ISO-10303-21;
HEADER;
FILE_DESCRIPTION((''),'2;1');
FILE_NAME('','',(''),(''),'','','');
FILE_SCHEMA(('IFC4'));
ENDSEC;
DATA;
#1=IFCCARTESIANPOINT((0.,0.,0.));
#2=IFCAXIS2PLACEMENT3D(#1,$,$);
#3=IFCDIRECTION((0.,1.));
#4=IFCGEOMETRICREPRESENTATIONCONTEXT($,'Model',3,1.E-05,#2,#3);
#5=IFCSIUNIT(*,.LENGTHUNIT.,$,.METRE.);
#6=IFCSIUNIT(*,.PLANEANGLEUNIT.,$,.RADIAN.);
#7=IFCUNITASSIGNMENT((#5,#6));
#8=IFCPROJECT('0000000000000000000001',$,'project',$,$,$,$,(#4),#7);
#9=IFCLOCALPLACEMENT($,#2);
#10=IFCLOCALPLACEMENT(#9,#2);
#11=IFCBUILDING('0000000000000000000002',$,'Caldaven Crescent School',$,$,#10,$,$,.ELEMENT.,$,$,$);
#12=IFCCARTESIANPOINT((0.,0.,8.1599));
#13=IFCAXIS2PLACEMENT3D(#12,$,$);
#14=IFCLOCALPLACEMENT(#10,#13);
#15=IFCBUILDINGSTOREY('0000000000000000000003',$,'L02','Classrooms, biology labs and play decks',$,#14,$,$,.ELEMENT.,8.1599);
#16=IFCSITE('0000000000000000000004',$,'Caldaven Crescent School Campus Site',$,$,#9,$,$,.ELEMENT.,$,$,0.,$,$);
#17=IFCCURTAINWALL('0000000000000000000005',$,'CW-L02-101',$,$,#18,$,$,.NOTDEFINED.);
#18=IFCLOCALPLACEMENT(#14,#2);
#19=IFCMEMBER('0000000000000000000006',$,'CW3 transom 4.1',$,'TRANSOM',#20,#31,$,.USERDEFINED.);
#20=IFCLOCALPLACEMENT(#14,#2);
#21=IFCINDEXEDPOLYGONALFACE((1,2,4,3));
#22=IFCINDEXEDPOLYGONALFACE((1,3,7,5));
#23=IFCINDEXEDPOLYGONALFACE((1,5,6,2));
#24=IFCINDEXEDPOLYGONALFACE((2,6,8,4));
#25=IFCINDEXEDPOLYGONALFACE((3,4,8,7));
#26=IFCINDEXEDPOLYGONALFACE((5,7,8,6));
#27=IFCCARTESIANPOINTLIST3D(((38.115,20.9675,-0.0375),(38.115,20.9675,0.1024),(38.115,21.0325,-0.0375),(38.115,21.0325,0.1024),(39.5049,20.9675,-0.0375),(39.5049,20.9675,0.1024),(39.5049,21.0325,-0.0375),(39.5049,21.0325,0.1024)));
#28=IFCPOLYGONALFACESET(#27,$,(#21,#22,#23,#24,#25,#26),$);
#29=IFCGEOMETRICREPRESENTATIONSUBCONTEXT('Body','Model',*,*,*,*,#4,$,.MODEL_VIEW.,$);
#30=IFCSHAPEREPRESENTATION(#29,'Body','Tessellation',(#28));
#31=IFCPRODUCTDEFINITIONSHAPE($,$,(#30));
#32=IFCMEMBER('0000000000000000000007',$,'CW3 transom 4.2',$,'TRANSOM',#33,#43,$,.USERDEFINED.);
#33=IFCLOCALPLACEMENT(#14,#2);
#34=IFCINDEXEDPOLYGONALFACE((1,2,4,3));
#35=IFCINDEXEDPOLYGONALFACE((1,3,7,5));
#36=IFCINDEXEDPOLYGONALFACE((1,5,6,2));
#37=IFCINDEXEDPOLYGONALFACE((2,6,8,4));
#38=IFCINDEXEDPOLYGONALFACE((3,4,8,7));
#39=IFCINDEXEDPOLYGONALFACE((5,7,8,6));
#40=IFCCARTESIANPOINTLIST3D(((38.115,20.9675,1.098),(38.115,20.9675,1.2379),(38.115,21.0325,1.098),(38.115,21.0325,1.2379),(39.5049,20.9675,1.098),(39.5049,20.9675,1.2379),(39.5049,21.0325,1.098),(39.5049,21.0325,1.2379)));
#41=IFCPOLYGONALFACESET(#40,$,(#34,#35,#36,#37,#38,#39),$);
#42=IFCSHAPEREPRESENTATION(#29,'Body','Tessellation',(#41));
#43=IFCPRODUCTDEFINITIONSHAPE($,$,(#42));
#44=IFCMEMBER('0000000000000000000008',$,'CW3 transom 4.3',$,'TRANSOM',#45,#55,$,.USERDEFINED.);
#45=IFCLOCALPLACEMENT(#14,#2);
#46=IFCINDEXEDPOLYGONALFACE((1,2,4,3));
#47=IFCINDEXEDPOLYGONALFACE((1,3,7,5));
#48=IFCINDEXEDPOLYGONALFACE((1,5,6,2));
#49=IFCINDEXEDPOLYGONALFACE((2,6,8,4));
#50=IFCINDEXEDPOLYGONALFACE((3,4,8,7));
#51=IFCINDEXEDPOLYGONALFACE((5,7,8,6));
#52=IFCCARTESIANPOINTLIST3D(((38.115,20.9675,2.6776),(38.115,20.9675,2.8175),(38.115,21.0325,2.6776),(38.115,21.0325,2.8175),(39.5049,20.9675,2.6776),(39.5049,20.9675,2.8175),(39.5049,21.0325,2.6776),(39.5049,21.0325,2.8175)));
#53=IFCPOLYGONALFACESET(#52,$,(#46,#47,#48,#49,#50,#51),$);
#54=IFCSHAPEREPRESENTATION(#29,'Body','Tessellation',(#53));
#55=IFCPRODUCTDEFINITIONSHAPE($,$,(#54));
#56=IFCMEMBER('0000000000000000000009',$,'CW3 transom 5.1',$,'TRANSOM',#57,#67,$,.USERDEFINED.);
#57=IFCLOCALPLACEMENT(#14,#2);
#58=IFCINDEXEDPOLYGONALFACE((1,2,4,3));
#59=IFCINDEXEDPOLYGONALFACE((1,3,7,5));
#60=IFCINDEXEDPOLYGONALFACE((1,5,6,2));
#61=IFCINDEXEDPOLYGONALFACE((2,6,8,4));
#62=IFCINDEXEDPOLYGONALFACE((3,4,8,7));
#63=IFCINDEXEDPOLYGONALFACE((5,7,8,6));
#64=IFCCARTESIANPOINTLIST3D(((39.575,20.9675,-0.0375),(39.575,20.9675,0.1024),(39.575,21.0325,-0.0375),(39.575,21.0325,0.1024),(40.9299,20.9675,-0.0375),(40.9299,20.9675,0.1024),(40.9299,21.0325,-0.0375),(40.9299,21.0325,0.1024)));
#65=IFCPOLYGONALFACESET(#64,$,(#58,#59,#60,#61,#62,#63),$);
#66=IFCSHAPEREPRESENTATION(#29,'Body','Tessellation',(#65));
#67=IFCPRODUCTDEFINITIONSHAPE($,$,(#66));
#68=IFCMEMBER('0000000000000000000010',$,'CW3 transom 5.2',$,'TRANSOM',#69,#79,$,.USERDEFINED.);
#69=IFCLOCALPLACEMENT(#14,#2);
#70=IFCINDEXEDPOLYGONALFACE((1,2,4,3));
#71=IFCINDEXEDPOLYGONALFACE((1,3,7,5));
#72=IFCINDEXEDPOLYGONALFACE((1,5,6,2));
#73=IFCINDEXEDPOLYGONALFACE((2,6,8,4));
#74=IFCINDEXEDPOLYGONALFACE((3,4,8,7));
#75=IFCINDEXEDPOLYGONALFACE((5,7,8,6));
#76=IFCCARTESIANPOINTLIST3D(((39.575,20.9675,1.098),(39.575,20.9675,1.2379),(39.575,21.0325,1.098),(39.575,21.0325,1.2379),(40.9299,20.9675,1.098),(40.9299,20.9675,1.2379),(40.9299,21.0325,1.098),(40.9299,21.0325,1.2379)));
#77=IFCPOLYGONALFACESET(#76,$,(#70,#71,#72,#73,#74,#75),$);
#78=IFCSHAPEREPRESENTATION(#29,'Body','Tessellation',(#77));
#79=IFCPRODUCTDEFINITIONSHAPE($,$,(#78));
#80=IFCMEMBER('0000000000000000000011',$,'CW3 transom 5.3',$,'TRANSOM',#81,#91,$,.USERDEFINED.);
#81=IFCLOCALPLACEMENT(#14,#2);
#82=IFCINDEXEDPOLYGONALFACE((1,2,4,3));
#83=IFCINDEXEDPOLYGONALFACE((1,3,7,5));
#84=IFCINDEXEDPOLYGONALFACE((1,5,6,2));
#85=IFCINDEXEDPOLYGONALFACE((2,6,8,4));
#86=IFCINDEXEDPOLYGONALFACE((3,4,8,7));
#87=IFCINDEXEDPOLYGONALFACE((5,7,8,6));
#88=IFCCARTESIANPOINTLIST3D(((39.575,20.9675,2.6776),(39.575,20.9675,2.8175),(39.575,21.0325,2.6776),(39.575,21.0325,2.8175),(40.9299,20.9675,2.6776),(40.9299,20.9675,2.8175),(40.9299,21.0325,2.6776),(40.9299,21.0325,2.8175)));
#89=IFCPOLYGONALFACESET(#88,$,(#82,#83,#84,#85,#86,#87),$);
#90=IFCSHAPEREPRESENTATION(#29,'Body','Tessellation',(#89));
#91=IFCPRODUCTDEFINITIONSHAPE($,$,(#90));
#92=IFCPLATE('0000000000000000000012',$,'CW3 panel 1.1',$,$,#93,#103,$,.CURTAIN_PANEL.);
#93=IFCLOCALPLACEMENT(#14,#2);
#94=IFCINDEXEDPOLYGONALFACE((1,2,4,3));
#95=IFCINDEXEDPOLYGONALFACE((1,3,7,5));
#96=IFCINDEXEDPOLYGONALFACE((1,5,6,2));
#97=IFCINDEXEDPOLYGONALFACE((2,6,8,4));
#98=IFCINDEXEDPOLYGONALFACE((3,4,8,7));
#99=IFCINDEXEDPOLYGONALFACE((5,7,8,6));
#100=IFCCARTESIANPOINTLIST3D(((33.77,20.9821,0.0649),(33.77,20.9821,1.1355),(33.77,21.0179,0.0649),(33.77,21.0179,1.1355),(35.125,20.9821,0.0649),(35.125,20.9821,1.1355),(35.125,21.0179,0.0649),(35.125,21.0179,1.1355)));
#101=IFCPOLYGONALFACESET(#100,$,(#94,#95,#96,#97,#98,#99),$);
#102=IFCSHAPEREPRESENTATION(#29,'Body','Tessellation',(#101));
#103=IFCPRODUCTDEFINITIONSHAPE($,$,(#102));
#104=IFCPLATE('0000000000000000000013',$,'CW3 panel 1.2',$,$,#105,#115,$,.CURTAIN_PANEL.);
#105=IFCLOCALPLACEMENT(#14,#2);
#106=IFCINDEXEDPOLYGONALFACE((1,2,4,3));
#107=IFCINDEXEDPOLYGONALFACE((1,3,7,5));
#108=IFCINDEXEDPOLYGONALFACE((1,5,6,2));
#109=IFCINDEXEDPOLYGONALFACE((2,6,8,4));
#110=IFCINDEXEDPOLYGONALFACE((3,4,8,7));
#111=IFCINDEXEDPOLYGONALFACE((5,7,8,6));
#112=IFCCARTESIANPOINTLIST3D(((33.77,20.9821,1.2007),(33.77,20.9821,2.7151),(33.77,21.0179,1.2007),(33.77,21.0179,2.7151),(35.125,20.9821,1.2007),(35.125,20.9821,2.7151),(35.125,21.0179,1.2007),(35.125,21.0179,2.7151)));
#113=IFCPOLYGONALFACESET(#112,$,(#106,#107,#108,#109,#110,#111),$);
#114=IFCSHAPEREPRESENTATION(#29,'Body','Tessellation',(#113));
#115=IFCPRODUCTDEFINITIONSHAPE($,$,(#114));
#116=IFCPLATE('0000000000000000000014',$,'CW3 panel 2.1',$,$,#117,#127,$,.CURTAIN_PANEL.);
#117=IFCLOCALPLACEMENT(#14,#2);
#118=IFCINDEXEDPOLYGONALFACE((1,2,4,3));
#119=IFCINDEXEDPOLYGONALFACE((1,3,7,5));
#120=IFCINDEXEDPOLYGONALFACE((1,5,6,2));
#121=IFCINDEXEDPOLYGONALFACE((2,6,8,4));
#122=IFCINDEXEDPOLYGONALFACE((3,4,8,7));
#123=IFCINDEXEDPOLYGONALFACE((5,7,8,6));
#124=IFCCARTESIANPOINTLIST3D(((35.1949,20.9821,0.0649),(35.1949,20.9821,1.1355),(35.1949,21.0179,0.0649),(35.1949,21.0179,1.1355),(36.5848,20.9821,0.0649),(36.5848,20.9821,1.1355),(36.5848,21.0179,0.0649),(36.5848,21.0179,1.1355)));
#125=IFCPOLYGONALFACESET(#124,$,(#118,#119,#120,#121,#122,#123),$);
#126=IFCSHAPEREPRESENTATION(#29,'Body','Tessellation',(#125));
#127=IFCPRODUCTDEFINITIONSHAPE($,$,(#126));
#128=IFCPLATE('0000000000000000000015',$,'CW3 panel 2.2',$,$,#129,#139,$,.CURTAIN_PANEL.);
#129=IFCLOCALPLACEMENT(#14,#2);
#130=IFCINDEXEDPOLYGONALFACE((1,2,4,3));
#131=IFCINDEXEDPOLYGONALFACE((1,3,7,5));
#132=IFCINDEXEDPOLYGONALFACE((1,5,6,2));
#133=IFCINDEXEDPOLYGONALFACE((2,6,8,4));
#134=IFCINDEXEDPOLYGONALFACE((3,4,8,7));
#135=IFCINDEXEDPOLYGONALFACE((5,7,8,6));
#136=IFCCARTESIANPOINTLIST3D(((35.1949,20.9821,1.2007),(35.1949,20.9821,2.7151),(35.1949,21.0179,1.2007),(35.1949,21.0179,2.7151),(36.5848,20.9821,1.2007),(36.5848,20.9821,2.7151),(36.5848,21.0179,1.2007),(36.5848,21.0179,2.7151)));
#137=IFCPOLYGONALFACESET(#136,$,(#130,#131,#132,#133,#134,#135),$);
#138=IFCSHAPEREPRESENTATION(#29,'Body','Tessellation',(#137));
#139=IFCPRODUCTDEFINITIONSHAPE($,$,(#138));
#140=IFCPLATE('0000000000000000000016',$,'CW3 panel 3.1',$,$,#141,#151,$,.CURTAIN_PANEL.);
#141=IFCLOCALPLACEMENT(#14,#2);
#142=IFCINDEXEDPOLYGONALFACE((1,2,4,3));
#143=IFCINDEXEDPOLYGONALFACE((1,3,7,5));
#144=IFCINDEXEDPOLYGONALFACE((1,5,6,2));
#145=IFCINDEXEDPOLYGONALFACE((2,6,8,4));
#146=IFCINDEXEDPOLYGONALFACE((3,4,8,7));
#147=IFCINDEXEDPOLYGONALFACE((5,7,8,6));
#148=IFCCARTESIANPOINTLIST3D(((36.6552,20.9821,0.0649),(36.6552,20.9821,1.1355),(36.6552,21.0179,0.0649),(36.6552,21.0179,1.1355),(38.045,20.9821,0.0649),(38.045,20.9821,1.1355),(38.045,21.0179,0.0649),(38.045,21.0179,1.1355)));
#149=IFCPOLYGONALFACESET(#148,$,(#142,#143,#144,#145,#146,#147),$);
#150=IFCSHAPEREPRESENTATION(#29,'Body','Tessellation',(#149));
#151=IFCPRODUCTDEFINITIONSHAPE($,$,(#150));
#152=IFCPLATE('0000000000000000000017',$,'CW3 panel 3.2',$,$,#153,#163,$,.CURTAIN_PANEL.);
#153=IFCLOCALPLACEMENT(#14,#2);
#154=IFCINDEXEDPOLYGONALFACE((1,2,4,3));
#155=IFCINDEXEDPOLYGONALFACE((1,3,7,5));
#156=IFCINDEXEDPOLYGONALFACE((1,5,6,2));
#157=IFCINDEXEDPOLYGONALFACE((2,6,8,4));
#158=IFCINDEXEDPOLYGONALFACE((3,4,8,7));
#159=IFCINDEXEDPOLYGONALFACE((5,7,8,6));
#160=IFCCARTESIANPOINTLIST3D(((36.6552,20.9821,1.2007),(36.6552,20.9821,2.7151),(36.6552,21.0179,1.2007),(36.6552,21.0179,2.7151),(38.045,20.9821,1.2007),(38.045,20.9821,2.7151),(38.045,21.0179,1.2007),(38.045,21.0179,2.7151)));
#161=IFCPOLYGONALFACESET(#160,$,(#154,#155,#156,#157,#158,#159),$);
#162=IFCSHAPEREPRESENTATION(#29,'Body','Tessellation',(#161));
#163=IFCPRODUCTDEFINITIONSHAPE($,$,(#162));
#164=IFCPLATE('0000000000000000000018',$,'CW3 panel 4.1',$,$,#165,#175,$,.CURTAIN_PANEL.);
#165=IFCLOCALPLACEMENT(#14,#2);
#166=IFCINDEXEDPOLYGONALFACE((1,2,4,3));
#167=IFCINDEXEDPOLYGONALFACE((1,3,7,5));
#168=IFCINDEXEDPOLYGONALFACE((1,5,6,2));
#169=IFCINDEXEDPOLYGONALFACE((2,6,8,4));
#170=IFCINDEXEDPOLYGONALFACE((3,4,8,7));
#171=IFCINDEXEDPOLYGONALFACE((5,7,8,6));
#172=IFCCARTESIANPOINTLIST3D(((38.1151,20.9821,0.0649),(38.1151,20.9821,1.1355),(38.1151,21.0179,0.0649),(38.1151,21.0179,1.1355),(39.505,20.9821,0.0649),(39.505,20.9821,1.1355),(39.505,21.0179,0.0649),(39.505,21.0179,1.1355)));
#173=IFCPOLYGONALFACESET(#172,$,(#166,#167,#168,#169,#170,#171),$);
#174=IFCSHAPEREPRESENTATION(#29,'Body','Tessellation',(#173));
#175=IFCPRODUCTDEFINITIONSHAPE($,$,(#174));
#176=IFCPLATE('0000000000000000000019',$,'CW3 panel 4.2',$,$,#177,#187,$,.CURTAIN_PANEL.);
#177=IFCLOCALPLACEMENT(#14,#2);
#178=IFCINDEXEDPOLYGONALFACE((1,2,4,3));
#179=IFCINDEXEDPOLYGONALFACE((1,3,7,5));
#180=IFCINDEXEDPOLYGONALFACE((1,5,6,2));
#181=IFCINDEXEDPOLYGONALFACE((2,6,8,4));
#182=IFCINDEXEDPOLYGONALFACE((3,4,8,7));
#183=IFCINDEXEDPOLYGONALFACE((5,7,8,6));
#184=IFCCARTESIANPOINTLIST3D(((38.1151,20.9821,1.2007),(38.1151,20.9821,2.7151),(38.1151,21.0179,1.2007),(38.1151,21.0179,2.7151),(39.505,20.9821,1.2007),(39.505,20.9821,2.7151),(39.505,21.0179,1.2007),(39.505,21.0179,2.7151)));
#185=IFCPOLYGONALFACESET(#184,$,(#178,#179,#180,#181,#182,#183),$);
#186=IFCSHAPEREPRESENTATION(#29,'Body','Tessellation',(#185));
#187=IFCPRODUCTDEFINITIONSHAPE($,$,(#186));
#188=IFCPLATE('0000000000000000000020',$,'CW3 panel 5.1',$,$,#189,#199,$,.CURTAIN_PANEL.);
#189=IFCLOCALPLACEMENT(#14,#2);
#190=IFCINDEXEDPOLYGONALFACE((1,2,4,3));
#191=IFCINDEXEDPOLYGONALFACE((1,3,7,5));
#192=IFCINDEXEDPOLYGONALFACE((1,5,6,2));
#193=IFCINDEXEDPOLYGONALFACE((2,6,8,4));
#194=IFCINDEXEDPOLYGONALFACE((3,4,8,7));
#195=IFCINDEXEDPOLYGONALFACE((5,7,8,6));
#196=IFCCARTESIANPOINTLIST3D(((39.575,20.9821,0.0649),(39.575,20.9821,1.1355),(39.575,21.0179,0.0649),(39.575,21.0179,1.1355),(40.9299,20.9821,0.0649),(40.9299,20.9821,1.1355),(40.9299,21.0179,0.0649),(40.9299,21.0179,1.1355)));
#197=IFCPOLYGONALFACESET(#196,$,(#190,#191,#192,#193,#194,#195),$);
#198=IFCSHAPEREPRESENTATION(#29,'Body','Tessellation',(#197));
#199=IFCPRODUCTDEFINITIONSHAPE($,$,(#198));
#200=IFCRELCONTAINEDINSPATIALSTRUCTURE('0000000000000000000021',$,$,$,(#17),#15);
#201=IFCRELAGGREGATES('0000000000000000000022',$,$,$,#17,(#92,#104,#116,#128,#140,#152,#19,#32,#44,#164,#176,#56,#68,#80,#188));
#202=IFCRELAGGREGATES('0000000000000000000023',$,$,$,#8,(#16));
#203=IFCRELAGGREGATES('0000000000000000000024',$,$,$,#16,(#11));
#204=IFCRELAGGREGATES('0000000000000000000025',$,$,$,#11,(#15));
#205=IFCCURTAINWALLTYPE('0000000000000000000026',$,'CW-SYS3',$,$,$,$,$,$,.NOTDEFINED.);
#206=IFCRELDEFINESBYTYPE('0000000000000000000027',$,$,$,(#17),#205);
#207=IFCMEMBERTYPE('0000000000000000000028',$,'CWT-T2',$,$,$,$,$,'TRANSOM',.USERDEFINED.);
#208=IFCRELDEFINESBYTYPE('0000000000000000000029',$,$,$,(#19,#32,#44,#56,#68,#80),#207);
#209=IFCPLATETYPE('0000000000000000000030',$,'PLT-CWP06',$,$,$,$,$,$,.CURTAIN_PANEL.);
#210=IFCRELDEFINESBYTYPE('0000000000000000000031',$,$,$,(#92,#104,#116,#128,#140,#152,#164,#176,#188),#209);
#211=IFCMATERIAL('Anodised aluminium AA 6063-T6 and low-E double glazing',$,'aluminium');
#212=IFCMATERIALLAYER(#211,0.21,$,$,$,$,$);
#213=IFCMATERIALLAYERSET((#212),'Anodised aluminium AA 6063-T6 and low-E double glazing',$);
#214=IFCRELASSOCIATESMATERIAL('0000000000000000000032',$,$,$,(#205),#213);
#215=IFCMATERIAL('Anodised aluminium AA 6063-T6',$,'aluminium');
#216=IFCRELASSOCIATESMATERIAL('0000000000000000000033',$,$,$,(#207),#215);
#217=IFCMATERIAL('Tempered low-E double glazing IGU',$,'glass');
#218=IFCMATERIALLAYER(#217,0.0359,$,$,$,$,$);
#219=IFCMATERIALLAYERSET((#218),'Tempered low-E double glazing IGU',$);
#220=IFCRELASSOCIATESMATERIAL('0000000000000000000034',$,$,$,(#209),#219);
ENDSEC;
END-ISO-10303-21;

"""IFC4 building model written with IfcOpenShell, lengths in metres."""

from ifc_helpers import new_model, si_unit, direction, frame, origin, origin_2d, place, context, subcontext, project, spatial, rectangle, extrude, material, layer, layer_set, material_profile, profile_set, type_object, element, aggregate, save


model = new_model("IFC4")

# Units and contexts
model_context = context("Model", 3, precision=1e-05, world=origin(), true_north=direction((0.0, 1.0)))
body_context = subcontext(model_context, "Body", "Model", "MODEL_VIEW")
ifc_project = project(units=[si_unit("LENGTHUNIT", "METRE"), si_unit("PLANEANGLEUNIT", "RADIAN")], contexts=[model_context])

# Site, building, storey
site_placement = place(None, origin())
site = spatial("IfcSite", under=ifc_project, at=site_placement, Name="Caldaven Crescent School Campus Site", CompositionType="ELEMENT", RefElevation=0.0)
building_placement = place(site_placement, origin())
building = spatial("IfcBuilding", under=site, at=building_placement, Name="Caldaven Crescent School", CompositionType="ELEMENT")
storey_placement = place(building_placement, frame((0.0, 0.0, 8.1599)))
storey = spatial("IfcBuildingStorey", under=building, at=storey_placement, Name="L02", Description="Classrooms, biology labs and play decks", CompositionType="ELEMENT", Elevation=8.1599)

# Curtain wall, members, plates
ifc_material_1 = material(Name="Anodised aluminium AA 6063-T6 and low-E double glazing", Category="aluminium")
ifc_layer_1 = layer(ifc_material_1, 0.21)
ifc_layer_set_1 = layer_set([ifc_layer_1], Name="Anodised aluminium AA 6063-T6 and low-E double glazing")
curtain_wall_type = type_object("IfcCurtainWallType", Name="CW-SYS3", PredefinedType="NOTDEFINED", material=ifc_layer_set_1)
curtain_wall_placement = place(storey_placement, origin())
curtain_wall = element("IfcCurtainWall", 1, at=curtain_wall_placement, inside=storey, type_object=curtain_wall_type, Name="CW-L02-101", PredefinedType="NOTDEFINED")
ifc_material_2 = material(Name="Anodised aluminium AA 6063-T6", Category="aluminium")
ifc_material_profile_1 = material_profile(ifc_material_2, rectangle(XDim=0.0649, YDim=0.1399, at=origin_2d()), Name="CWT 65x140")
ifc_profile_set_1 = profile_set([ifc_material_profile_1], Name="Anodised aluminium AA 6063-T6")
member_type_1 = type_object("IfcMemberType", Name="CWT-T2", ElementType="TRANSOM", PredefinedType="USERDEFINED", material=ifc_profile_set_1)
member_1_placement = place(storey_placement, frame((38.115, 21.0, 0.0325), z_axis=(1.0, 0.0, 0.0), x_axis=(0.0, 1.0, 0.0)))
member_1 = element("IfcMember", 2, at=member_1_placement, type_object=member_type_1, Name="CW3 transom 4.1", ObjectType="TRANSOM", PredefinedType="USERDEFINED", context=body_context, shape_type="SweptSolid", body=[
    extrude(rectangle(XDim=0.0649, YDim=0.1399, at=origin_2d()), origin(), (0.0, 0.0, 1.0), 1.3899),
])
member_2_placement = place(storey_placement, frame((38.115, 21.0, 1.168), z_axis=(1.0, 0.0, 0.0), x_axis=(0.0, 1.0, 0.0)))
member_2 = element("IfcMember", 3, at=member_2_placement, type_object=member_type_1, Name="CW3 transom 4.2", ObjectType="TRANSOM", PredefinedType="USERDEFINED", context=body_context, shape_type="SweptSolid", body=[
    extrude(rectangle(XDim=0.0649, YDim=0.1399, at=origin_2d()), origin(), (0.0, 0.0, 1.0), 1.3899),
])
member_3_placement = place(storey_placement, frame((38.115, 21.0, 2.7476), z_axis=(1.0, 0.0, 0.0), x_axis=(0.0, 1.0, 0.0)))
member_3 = element("IfcMember", 4, at=member_3_placement, type_object=member_type_1, Name="CW3 transom 4.3", ObjectType="TRANSOM", PredefinedType="USERDEFINED", context=body_context, shape_type="SweptSolid", body=[
    extrude(rectangle(XDim=0.0649, YDim=0.1399, at=origin_2d()), origin(), (0.0, 0.0, 1.0), 1.3899),
])
member_4_placement = place(storey_placement, frame((39.575, 21.0, 0.0325), z_axis=(1.0, 0.0, 0.0), x_axis=(0.0, 1.0, 0.0)))
member_4 = element("IfcMember", 5, at=member_4_placement, type_object=member_type_1, Name="CW3 transom 5.1", ObjectType="TRANSOM", PredefinedType="USERDEFINED", context=body_context, shape_type="SweptSolid", body=[
    extrude(rectangle(XDim=0.0649, YDim=0.1399, at=origin_2d()), origin(), (0.0, 0.0, 1.0), 1.355),
])
member_5_placement = place(storey_placement, frame((39.575, 21.0, 1.168), z_axis=(1.0, 0.0, 0.0), x_axis=(0.0, 1.0, 0.0)))
member_5 = element("IfcMember", 6, at=member_5_placement, type_object=member_type_1, Name="CW3 transom 5.2", ObjectType="TRANSOM", PredefinedType="USERDEFINED", context=body_context, shape_type="SweptSolid", body=[
    extrude(rectangle(XDim=0.0649, YDim=0.1399, at=origin_2d()), origin(), (0.0, 0.0, 1.0), 1.355),
])
member_6_placement = place(storey_placement, frame((39.575, 21.0, 2.7476), z_axis=(1.0, 0.0, 0.0), x_axis=(0.0, 1.0, 0.0)))
member_6 = element("IfcMember", 7, at=member_6_placement, type_object=member_type_1, Name="CW3 transom 5.3", ObjectType="TRANSOM", PredefinedType="USERDEFINED", context=body_context, shape_type="SweptSolid", body=[
    extrude(rectangle(XDim=0.0649, YDim=0.1399, at=origin_2d()), origin(), (0.0, 0.0, 1.0), 1.355),
])
ifc_material_3 = material(Name="Tempered low-E double glazing IGU", Category="glass")
ifc_layer_2 = layer(ifc_material_3, 0.0359)
ifc_layer_set_2 = layer_set([ifc_layer_2], Name="Tempered low-E double glazing IGU")
plate_type = type_object("IfcPlateType", Name="PLT-CWP06", PredefinedType="CURTAIN_PANEL", material=ifc_layer_set_2)
plate_1_placement = place(storey_placement, frame((34.4475, 21.0, 0.0649), z_axis=(0.0, 0.0, 1.0), x_axis=(1.0, 0.0, 0.0)))
plate_1 = element("IfcPlate", 8, at=plate_1_placement, type_object=plate_type, Name="CW3 panel 1.1", PredefinedType="CURTAIN_PANEL", context=body_context, shape_type="SweptSolid", body=[
    extrude(rectangle(XDim=1.355, YDim=0.0359, at=origin_2d()), origin(), (0.0, 0.0, 1.0), 1.0706),
])
plate_2_placement = place(storey_placement, frame((34.4475, 21.0, 1.2007), z_axis=(0.0, 0.0, 1.0), x_axis=(1.0, 0.0, 0.0)))
plate_2 = element("IfcPlate", 9, at=plate_2_placement, type_object=plate_type, Name="CW3 panel 1.2", PredefinedType="CURTAIN_PANEL", context=body_context, shape_type="SweptSolid", body=[
    extrude(rectangle(XDim=1.355, YDim=0.0359, at=origin_2d()), origin(), (0.0, 0.0, 1.0), 1.5144),
])
plate_3_placement = place(storey_placement, frame((35.8899, 21.0, 0.0649), z_axis=(0.0, 0.0, 1.0), x_axis=(1.0, 0.0, 0.0)))
plate_3 = element("IfcPlate", 10, at=plate_3_placement, type_object=plate_type, Name="CW3 panel 2.1", PredefinedType="CURTAIN_PANEL", context=body_context, shape_type="SweptSolid", body=[
    extrude(rectangle(XDim=1.3899, YDim=0.0359, at=origin_2d()), origin(), (0.0, 0.0, 1.0), 1.0706),
])
plate_4_placement = place(storey_placement, frame((35.8899, 21.0, 1.2007), z_axis=(0.0, 0.0, 1.0), x_axis=(1.0, 0.0, 0.0)))
plate_4 = element("IfcPlate", 11, at=plate_4_placement, type_object=plate_type, Name="CW3 panel 2.2", PredefinedType="CURTAIN_PANEL", context=body_context, shape_type="SweptSolid", body=[
    extrude(rectangle(XDim=1.3899, YDim=0.0359, at=origin_2d()), origin(), (0.0, 0.0, 1.0), 1.5144),
])
plate_5_placement = place(storey_placement, frame((37.3501, 21.0, 0.0649), z_axis=(0.0, 0.0, 1.0), x_axis=(1.0, 0.0, 0.0)))
plate_5 = element("IfcPlate", 12, at=plate_5_placement, type_object=plate_type, Name="CW3 panel 3.1", PredefinedType="CURTAIN_PANEL", context=body_context, shape_type="SweptSolid", body=[
    extrude(rectangle(XDim=1.3899, YDim=0.0359, at=origin_2d()), origin(), (0.0, 0.0, 1.0), 1.0706),
])
plate_6_placement = place(storey_placement, frame((37.3501, 21.0, 1.2007), z_axis=(0.0, 0.0, 1.0), x_axis=(1.0, 0.0, 0.0)))
plate_6 = element("IfcPlate", 13, at=plate_6_placement, type_object=plate_type, Name="CW3 panel 3.2", PredefinedType="CURTAIN_PANEL", context=body_context, shape_type="SweptSolid", body=[
    extrude(rectangle(XDim=1.3899, YDim=0.0359, at=origin_2d()), origin(), (0.0, 0.0, 1.0), 1.5144),
])
plate_7_placement = place(storey_placement, frame((38.8101, 21.0, 0.0649), z_axis=(0.0, 0.0, 1.0), x_axis=(1.0, 0.0, 0.0)))
plate_7 = element("IfcPlate", 14, at=plate_7_placement, type_object=plate_type, Name="CW3 panel 4.1", PredefinedType="CURTAIN_PANEL", context=body_context, shape_type="SweptSolid", body=[
    extrude(rectangle(XDim=1.3899, YDim=0.0359, at=origin_2d()), origin(), (0.0, 0.0, 1.0), 1.0706),
])
plate_8_placement = place(storey_placement, frame((38.8101, 21.0, 1.2007), z_axis=(0.0, 0.0, 1.0), x_axis=(1.0, 0.0, 0.0)))
plate_8 = element("IfcPlate", 15, at=plate_8_placement, type_object=plate_type, Name="CW3 panel 4.2", PredefinedType="CURTAIN_PANEL", context=body_context, shape_type="SweptSolid", body=[
    extrude(rectangle(XDim=1.3899, YDim=0.0359, at=origin_2d()), origin(), (0.0, 0.0, 1.0), 1.5144),
])
plate_9_placement = place(storey_placement, frame((40.2524, 21.0, 0.0649), z_axis=(0.0, 0.0, 1.0), x_axis=(1.0, 0.0, 0.0)))
plate_9 = element("IfcPlate", 16, at=plate_9_placement, type_object=plate_type, Name="CW3 panel 5.1", PredefinedType="CURTAIN_PANEL", context=body_context, shape_type="SweptSolid", body=[
    extrude(rectangle(XDim=1.355, YDim=0.0359, at=origin_2d()), origin(), (0.0, 0.0, 1.0), 1.0706),
])
aggregate(curtain_wall, [plate_1, plate_2, plate_3, plate_4, plate_5, plate_6, member_1, member_2, member_3, plate_7, plate_8, member_4, member_5, member_6, plate_9])

save(model, "model.ifc")
